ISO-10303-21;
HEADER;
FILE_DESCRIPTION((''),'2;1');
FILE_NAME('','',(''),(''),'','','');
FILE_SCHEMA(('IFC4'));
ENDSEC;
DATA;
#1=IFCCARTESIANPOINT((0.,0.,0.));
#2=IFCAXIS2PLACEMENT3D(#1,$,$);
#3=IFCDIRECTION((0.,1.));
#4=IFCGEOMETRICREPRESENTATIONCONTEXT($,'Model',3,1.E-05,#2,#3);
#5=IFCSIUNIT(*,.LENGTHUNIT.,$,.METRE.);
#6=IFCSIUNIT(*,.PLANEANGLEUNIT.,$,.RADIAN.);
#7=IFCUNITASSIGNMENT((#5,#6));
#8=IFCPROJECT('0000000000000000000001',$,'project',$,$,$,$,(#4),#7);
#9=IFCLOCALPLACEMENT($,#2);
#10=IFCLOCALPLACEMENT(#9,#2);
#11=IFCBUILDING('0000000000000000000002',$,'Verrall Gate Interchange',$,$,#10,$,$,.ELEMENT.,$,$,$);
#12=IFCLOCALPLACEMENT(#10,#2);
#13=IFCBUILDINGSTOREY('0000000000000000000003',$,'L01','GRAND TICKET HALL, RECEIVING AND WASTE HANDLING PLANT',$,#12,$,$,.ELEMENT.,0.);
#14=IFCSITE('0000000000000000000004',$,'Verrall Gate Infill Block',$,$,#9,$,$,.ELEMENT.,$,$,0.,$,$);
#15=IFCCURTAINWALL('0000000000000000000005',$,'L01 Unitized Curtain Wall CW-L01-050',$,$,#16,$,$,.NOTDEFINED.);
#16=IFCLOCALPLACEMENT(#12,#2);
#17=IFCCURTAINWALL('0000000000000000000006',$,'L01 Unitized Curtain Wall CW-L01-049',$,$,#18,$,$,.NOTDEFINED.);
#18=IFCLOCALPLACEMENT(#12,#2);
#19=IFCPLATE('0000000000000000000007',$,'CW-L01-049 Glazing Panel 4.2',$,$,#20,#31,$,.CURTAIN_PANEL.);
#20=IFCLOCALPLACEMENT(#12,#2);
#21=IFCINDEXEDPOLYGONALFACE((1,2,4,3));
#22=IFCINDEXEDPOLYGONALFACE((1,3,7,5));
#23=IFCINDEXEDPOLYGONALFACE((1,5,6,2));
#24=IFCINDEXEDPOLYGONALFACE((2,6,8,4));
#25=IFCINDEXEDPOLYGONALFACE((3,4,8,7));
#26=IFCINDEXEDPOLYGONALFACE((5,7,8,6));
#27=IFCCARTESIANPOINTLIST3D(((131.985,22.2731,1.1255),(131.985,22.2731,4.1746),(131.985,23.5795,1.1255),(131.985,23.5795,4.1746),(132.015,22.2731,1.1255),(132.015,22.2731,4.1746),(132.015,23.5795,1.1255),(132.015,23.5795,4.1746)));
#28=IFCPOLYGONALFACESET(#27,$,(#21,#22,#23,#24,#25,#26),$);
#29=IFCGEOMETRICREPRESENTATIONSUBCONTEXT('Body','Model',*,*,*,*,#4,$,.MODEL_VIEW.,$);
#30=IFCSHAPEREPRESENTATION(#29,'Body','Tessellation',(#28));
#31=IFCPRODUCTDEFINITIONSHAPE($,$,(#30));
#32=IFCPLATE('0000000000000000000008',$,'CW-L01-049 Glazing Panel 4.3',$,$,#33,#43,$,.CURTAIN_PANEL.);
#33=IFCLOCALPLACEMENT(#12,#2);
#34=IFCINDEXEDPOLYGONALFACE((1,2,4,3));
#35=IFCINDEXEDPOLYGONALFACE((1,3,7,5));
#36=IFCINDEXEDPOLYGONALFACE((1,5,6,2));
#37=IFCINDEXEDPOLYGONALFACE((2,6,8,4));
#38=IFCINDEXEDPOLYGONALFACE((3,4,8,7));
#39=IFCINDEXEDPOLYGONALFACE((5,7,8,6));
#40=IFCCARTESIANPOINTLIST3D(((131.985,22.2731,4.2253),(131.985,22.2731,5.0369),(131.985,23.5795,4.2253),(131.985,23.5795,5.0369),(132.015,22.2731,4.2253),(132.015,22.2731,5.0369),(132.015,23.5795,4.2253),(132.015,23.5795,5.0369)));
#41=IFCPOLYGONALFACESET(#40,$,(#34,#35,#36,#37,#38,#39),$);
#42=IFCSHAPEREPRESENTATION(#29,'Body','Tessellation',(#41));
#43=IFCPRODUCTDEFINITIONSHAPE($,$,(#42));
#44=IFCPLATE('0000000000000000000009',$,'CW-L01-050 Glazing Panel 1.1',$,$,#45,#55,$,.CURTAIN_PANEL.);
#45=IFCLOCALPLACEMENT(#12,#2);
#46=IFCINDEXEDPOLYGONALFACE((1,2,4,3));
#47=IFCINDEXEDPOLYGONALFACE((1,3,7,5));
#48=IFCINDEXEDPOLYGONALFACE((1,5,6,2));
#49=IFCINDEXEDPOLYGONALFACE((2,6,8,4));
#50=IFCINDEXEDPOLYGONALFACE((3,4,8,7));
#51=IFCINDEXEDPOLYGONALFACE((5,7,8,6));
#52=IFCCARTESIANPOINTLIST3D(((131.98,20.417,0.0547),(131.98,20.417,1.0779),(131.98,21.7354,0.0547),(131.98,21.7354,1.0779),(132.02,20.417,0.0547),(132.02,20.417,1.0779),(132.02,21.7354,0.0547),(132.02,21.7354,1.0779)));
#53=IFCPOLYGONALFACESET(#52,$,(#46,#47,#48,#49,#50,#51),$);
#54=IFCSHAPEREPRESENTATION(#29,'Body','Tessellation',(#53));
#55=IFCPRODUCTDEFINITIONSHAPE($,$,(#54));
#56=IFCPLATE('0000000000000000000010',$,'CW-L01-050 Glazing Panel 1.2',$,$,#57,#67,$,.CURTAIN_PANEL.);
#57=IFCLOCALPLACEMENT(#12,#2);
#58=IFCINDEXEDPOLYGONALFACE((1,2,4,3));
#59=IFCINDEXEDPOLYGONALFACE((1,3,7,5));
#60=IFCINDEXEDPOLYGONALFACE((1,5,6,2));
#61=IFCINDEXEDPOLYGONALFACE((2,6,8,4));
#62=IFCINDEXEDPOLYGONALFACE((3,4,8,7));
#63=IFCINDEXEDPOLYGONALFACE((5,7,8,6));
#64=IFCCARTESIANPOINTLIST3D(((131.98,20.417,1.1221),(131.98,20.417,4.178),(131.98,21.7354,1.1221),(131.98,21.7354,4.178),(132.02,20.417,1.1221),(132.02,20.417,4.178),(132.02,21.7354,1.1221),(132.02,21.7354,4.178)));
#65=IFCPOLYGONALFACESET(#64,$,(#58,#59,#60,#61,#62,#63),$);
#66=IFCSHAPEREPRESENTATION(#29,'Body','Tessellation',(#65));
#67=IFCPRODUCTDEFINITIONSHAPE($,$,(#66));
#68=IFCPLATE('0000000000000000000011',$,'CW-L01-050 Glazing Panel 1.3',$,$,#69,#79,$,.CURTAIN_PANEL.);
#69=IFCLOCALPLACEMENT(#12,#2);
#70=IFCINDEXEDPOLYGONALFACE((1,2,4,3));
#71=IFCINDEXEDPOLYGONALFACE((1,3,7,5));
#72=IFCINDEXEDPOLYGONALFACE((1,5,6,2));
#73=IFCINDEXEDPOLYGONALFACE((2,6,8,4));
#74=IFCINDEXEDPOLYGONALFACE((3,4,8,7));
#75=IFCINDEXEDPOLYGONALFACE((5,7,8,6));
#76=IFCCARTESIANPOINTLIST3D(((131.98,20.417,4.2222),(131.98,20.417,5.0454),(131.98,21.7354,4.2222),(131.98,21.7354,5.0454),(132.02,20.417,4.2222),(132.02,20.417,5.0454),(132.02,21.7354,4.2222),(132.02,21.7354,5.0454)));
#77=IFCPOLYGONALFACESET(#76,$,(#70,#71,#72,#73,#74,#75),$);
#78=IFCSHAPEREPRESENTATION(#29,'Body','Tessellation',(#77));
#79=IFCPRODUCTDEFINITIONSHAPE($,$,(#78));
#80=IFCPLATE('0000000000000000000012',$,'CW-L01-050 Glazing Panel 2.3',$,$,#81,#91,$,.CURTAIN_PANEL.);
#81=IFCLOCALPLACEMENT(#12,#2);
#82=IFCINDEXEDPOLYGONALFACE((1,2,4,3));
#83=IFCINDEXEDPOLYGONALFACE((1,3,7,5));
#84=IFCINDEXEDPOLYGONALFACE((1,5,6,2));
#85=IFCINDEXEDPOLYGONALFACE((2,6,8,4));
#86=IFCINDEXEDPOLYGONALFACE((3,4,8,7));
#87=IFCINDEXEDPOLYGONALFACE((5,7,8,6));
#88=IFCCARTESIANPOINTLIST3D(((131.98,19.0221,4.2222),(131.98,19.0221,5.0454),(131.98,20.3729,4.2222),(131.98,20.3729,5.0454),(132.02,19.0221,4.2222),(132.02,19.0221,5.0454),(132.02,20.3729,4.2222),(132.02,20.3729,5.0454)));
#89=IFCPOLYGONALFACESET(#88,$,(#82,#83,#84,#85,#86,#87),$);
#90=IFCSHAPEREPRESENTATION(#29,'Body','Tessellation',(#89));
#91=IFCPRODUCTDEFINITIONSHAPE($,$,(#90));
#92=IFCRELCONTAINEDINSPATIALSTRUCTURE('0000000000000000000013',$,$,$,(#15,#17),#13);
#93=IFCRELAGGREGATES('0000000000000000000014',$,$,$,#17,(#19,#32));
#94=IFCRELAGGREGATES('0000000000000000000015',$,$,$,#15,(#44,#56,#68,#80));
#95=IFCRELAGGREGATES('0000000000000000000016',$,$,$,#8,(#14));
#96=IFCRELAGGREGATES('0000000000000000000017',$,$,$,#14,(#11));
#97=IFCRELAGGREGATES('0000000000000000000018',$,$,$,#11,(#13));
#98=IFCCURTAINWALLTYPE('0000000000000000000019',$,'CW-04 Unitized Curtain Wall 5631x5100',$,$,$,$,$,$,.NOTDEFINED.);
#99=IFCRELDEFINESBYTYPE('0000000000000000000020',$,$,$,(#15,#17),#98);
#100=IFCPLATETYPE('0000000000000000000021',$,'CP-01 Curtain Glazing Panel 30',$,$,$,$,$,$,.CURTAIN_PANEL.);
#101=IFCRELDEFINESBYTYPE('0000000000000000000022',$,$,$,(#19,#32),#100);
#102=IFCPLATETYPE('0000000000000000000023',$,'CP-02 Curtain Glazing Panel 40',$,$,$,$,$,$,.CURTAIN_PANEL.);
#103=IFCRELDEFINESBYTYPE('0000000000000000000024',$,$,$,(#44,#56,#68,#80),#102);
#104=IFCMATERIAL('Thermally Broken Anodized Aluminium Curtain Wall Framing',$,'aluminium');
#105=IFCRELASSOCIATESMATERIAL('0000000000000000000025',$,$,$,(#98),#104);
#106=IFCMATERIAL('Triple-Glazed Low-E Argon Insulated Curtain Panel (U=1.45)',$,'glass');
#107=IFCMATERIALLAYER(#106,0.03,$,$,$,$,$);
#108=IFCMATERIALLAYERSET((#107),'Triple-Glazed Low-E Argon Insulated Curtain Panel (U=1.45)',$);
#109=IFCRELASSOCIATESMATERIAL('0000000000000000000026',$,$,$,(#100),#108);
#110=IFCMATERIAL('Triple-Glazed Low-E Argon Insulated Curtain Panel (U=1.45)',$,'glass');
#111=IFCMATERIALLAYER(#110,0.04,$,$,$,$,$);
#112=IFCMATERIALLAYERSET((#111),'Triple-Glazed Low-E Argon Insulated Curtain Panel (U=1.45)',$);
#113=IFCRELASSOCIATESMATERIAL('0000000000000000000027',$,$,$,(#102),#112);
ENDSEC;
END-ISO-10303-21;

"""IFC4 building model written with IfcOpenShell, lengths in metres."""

from ifc_helpers import new_model, si_unit, direction, frame, origin, origin_2d, place, context, subcontext, project, spatial, rectangle, extrude, material, layer, layer_set, type_object, element, aggregate, save


model = new_model("IFC4")

# Units and contexts
model_context = context("Model", 3, precision=1e-05, world=origin(), true_north=direction((0.0, 1.0)))
body_context = subcontext(model_context, "Body", "Model", "MODEL_VIEW")
ifc_project = project(units=[si_unit("LENGTHUNIT", "METRE"), si_unit("PLANEANGLEUNIT", "RADIAN")], contexts=[model_context])

# Site, building, storey
site_placement = place(None, origin())
site = spatial("IfcSite", under=ifc_project, at=site_placement, Name="Verrall Gate Infill Block", CompositionType="ELEMENT", RefElevation=0.0)
building_placement = place(site_placement, origin())
building = spatial("IfcBuilding", under=site, at=building_placement, Name="Verrall Gate Interchange", CompositionType="ELEMENT")
storey_placement = place(building_placement, origin())
storey = spatial("IfcBuildingStorey", under=building, at=storey_placement, Name="L01", Description="GRAND TICKET HALL, RECEIVING AND WASTE HANDLING PLANT", CompositionType="ELEMENT", Elevation=0.0)

# Curtain walls
ifc_material_1 = material(Name="Thermally Broken Anodized Aluminium Curtain Wall Framing", Category="aluminium")
curtain_wall_type = type_object("IfcCurtainWallType", Name="CW-04 Unitized Curtain Wall 5631x5100", PredefinedType="NOTDEFINED", material=ifc_material_1)
curtain_wall_1_placement = place(storey_placement, origin())
curtain_wall_1 = element("IfcCurtainWall", 1, at=curtain_wall_1_placement, inside=storey, type_object=curtain_wall_type, Name="L01 Unitized Curtain Wall CW-L01-050", PredefinedType="NOTDEFINED")
curtain_wall_2_placement = place(storey_placement, origin())
curtain_wall_2 = element("IfcCurtainWall", 2, at=curtain_wall_2_placement, inside=storey, type_object=curtain_wall_type, Name="L01 Unitized Curtain Wall CW-L01-049", PredefinedType="NOTDEFINED")

# Plates
ifc_material_2 = material(Name="Triple-Glazed Low-E Argon Insulated Curtain Panel (U=1.45)", Category="glass")
ifc_layer_1 = layer(ifc_material_2, 0.03)
ifc_layer_set_1 = layer_set([ifc_layer_1], Name="Triple-Glazed Low-E Argon Insulated Curtain Panel (U=1.45)")
plate_type_1 = type_object("IfcPlateType", Name="CP-01 Curtain Glazing Panel 30", PredefinedType="CURTAIN_PANEL", material=ifc_layer_set_1)
plate_1_placement = place(storey_placement, frame((132.0, 22.9263, 1.1255), z_axis=(0.0, 0.0, 1.0), x_axis=(0.0, -1.0, 0.0)))
plate_1 = element("IfcPlate", 3, at=plate_1_placement, type_object=plate_type_1, Name="CW-L01-049 Glazing Panel 4.2", PredefinedType="CURTAIN_PANEL", context=body_context, shape_type="SweptSolid", body=[
    extrude(rectangle(XDim=1.3064, YDim=0.03, at=origin_2d()), origin(), (0.0, 0.0, 1.0), 3.0491),
])
plate_2_placement = place(storey_placement, frame((132.0, 22.9263, 4.2253), z_axis=(0.0, 0.0, 1.0), x_axis=(0.0, -1.0, 0.0)))
plate_2 = element("IfcPlate", 4, at=plate_2_placement, type_object=plate_type_1, Name="CW-L01-049 Glazing Panel 4.3", PredefinedType="CURTAIN_PANEL", context=body_context, shape_type="SweptSolid", body=[
    extrude(rectangle(XDim=1.3064, YDim=0.03, at=origin_2d()), origin(), (0.0, 0.0, 1.0), 0.8115),
])
aggregate(curtain_wall_2, [plate_1, plate_2])
ifc_material_3 = material(Name="Triple-Glazed Low-E Argon Insulated Curtain Panel (U=1.45)", Category="glass")
ifc_layer_2 = layer(ifc_material_3, 0.04)
ifc_layer_set_2 = layer_set([ifc_layer_2], Name="Triple-Glazed Low-E Argon Insulated Curtain Panel (U=1.45)")
plate_type_2 = type_object("IfcPlateType", Name="CP-02 Curtain Glazing Panel 40", PredefinedType="CURTAIN_PANEL", material=ifc_layer_set_2)
plate_3_placement = place(storey_placement, frame((132.0, 21.0762, 0.0547), z_axis=(0.0, 0.0, 1.0), x_axis=(0.0, -1.0, 0.0)))
plate_3 = element("IfcPlate", 5, at=plate_3_placement, type_object=plate_type_2, Name="CW-L01-050 Glazing Panel 1.1", PredefinedType="CURTAIN_PANEL", context=body_context, shape_type="SweptSolid", body=[
    extrude(rectangle(XDim=1.3184, YDim=0.04, at=origin_2d()), origin(), (0.0, 0.0, 1.0), 1.0232),
])
plate_4_placement = place(storey_placement, frame((132.0, 21.0762, 1.1221), z_axis=(0.0, 0.0, 1.0), x_axis=(0.0, -1.0, 0.0)))
plate_4 = element("IfcPlate", 6, at=plate_4_placement, type_object=plate_type_2, Name="CW-L01-050 Glazing Panel 1.2", PredefinedType="CURTAIN_PANEL", context=body_context, shape_type="SweptSolid", body=[
    extrude(rectangle(XDim=1.3184, YDim=0.04, at=origin_2d()), origin(), (0.0, 0.0, 1.0), 3.0559),
])
plate_5_placement = place(storey_placement, frame((132.0, 21.0762, 4.2222), z_axis=(0.0, 0.0, 1.0), x_axis=(0.0, -1.0, 0.0)))
plate_5 = element("IfcPlate", 7, at=plate_5_placement, type_object=plate_type_2, Name="CW-L01-050 Glazing Panel 1.3", PredefinedType="CURTAIN_PANEL", context=body_context, shape_type="SweptSolid", body=[
    extrude(rectangle(XDim=1.3184, YDim=0.04, at=origin_2d()), origin(), (0.0, 0.0, 1.0), 0.8232),
])
plate_6_placement = place(storey_placement, frame((132.0, 19.6975, 4.2222), z_axis=(0.0, 0.0, 1.0), x_axis=(0.0, -1.0, 0.0)))
plate_6 = element("IfcPlate", 8, at=plate_6_placement, type_object=plate_type_2, Name="CW-L01-050 Glazing Panel 2.3", PredefinedType="CURTAIN_PANEL", context=body_context, shape_type="SweptSolid", body=[
    extrude(rectangle(XDim=1.3508, YDim=0.04, at=origin_2d()), origin(), (0.0, 0.0, 1.0), 0.8232),
])
aggregate(curtain_wall_1, [plate_3, plate_4, plate_5, plate_6])

save(model, "model.ifc")
